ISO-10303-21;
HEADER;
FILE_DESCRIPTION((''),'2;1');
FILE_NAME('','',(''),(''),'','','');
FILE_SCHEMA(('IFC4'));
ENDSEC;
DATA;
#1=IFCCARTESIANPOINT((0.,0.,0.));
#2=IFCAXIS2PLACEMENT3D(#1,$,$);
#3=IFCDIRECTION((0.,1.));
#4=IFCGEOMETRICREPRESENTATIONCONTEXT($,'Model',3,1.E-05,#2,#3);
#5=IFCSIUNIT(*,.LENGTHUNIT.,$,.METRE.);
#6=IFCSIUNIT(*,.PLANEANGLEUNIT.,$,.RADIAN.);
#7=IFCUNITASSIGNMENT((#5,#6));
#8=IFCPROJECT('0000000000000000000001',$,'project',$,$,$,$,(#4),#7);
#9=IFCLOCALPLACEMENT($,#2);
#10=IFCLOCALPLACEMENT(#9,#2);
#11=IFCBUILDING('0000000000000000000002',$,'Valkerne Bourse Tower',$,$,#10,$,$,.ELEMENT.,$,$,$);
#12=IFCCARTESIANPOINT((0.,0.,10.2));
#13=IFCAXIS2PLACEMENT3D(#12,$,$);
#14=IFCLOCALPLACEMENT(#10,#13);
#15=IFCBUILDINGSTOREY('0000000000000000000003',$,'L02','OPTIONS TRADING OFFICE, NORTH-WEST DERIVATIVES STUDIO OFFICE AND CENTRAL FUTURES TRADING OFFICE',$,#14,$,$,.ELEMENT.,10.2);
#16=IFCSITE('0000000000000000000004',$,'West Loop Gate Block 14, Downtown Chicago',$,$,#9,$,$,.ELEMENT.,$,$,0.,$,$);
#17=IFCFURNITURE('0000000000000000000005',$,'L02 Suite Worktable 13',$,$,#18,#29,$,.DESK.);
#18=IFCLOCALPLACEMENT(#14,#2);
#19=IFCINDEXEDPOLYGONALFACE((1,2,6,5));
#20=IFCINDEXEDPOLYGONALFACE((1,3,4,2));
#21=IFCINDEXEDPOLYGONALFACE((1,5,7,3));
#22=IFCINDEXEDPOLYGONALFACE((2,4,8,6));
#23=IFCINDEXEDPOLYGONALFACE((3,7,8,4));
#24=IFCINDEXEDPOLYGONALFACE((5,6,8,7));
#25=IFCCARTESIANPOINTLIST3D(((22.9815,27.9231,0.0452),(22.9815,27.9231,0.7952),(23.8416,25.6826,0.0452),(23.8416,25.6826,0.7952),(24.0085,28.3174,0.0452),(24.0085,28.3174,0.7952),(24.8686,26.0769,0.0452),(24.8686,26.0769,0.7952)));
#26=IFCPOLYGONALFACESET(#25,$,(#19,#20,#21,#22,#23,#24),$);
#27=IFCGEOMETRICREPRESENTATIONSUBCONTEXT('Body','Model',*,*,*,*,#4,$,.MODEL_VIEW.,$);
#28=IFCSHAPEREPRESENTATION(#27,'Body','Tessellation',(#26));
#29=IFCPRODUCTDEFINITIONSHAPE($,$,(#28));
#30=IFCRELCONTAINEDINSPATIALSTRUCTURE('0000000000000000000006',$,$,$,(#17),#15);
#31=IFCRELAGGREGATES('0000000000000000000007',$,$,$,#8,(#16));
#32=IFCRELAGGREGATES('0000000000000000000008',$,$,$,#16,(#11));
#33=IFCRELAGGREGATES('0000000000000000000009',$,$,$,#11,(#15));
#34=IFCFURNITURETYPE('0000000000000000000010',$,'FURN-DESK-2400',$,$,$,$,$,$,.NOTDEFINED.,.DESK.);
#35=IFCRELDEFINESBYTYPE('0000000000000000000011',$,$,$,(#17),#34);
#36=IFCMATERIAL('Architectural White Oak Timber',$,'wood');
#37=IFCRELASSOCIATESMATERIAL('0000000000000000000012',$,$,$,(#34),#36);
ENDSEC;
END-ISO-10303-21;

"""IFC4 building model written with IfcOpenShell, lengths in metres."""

from ifc_helpers import new_model, si_unit, direction, frame, origin, origin_2d, place, context, subcontext, project, spatial, rectangle, extrude, material, type_object, element, save


model = new_model("IFC4")

# Units and contexts
model_context = context("Model", 3, precision=1e-05, world=origin(), true_north=direction((0.0, 1.0)))
body_context = subcontext(model_context, "Body", "Model", "MODEL_VIEW")
ifc_project = project(units=[si_unit("LENGTHUNIT", "METRE"), si_unit("PLANEANGLEUNIT", "RADIAN")], contexts=[model_context])

# Site, building, storey
site_placement = place(None, origin())
site = spatial("IfcSite", under=ifc_project, at=site_placement, Name="West Loop Gate Block 14, Downtown Chicago", CompositionType="ELEMENT", RefElevation=0.0)
building_placement = place(site_placement, origin())
building = spatial("IfcBuilding", under=site, at=building_placement, Name="Valkerne Bourse Tower", CompositionType="ELEMENT")
storey_placement = place(building_placement, frame((0.0, 0.0, 10.2)))
storey = spatial("IfcBuildingStorey", under=building, at=storey_placement, Name="L02", Description="OPTIONS TRADING OFFICE, NORTH-WEST DERIVATIVES STUDIO OFFICE AND CENTRAL FUTURES TRADING OFFICE", CompositionType="ELEMENT", Elevation=10.2)

# Furniture
ifc_material_1 = material(Name="Architectural White Oak Timber", Category="wood")
furniture_type = type_object("IfcFurnitureType", Name="FURN-DESK-2400", AssemblyPlace="NOTDEFINED", PredefinedType="DESK", material=ifc_material_1)
for number, where, z_axis, x_axis, name in (
    (1, (23.925, 27.0, 0.0452), (0.0, 0.0, 1.0), (-0.358368, 0.93358, 0.0), "L02 Suite Worktable 13"),
):
    element("IfcFurniture", number, at=place(storey_placement, frame(where, z_axis=z_axis, x_axis=x_axis)), inside=storey, type_object=furniture_type, Name=name, PredefinedType="DESK", context=body_context, shape_type="SweptSolid", body=[
        extrude(rectangle(XDim=2.3999, YDim=1.1001, at=origin_2d()), origin(), (0.0, 0.0, 1.0), 0.75),
    ])

save(model, "model.ifc")
